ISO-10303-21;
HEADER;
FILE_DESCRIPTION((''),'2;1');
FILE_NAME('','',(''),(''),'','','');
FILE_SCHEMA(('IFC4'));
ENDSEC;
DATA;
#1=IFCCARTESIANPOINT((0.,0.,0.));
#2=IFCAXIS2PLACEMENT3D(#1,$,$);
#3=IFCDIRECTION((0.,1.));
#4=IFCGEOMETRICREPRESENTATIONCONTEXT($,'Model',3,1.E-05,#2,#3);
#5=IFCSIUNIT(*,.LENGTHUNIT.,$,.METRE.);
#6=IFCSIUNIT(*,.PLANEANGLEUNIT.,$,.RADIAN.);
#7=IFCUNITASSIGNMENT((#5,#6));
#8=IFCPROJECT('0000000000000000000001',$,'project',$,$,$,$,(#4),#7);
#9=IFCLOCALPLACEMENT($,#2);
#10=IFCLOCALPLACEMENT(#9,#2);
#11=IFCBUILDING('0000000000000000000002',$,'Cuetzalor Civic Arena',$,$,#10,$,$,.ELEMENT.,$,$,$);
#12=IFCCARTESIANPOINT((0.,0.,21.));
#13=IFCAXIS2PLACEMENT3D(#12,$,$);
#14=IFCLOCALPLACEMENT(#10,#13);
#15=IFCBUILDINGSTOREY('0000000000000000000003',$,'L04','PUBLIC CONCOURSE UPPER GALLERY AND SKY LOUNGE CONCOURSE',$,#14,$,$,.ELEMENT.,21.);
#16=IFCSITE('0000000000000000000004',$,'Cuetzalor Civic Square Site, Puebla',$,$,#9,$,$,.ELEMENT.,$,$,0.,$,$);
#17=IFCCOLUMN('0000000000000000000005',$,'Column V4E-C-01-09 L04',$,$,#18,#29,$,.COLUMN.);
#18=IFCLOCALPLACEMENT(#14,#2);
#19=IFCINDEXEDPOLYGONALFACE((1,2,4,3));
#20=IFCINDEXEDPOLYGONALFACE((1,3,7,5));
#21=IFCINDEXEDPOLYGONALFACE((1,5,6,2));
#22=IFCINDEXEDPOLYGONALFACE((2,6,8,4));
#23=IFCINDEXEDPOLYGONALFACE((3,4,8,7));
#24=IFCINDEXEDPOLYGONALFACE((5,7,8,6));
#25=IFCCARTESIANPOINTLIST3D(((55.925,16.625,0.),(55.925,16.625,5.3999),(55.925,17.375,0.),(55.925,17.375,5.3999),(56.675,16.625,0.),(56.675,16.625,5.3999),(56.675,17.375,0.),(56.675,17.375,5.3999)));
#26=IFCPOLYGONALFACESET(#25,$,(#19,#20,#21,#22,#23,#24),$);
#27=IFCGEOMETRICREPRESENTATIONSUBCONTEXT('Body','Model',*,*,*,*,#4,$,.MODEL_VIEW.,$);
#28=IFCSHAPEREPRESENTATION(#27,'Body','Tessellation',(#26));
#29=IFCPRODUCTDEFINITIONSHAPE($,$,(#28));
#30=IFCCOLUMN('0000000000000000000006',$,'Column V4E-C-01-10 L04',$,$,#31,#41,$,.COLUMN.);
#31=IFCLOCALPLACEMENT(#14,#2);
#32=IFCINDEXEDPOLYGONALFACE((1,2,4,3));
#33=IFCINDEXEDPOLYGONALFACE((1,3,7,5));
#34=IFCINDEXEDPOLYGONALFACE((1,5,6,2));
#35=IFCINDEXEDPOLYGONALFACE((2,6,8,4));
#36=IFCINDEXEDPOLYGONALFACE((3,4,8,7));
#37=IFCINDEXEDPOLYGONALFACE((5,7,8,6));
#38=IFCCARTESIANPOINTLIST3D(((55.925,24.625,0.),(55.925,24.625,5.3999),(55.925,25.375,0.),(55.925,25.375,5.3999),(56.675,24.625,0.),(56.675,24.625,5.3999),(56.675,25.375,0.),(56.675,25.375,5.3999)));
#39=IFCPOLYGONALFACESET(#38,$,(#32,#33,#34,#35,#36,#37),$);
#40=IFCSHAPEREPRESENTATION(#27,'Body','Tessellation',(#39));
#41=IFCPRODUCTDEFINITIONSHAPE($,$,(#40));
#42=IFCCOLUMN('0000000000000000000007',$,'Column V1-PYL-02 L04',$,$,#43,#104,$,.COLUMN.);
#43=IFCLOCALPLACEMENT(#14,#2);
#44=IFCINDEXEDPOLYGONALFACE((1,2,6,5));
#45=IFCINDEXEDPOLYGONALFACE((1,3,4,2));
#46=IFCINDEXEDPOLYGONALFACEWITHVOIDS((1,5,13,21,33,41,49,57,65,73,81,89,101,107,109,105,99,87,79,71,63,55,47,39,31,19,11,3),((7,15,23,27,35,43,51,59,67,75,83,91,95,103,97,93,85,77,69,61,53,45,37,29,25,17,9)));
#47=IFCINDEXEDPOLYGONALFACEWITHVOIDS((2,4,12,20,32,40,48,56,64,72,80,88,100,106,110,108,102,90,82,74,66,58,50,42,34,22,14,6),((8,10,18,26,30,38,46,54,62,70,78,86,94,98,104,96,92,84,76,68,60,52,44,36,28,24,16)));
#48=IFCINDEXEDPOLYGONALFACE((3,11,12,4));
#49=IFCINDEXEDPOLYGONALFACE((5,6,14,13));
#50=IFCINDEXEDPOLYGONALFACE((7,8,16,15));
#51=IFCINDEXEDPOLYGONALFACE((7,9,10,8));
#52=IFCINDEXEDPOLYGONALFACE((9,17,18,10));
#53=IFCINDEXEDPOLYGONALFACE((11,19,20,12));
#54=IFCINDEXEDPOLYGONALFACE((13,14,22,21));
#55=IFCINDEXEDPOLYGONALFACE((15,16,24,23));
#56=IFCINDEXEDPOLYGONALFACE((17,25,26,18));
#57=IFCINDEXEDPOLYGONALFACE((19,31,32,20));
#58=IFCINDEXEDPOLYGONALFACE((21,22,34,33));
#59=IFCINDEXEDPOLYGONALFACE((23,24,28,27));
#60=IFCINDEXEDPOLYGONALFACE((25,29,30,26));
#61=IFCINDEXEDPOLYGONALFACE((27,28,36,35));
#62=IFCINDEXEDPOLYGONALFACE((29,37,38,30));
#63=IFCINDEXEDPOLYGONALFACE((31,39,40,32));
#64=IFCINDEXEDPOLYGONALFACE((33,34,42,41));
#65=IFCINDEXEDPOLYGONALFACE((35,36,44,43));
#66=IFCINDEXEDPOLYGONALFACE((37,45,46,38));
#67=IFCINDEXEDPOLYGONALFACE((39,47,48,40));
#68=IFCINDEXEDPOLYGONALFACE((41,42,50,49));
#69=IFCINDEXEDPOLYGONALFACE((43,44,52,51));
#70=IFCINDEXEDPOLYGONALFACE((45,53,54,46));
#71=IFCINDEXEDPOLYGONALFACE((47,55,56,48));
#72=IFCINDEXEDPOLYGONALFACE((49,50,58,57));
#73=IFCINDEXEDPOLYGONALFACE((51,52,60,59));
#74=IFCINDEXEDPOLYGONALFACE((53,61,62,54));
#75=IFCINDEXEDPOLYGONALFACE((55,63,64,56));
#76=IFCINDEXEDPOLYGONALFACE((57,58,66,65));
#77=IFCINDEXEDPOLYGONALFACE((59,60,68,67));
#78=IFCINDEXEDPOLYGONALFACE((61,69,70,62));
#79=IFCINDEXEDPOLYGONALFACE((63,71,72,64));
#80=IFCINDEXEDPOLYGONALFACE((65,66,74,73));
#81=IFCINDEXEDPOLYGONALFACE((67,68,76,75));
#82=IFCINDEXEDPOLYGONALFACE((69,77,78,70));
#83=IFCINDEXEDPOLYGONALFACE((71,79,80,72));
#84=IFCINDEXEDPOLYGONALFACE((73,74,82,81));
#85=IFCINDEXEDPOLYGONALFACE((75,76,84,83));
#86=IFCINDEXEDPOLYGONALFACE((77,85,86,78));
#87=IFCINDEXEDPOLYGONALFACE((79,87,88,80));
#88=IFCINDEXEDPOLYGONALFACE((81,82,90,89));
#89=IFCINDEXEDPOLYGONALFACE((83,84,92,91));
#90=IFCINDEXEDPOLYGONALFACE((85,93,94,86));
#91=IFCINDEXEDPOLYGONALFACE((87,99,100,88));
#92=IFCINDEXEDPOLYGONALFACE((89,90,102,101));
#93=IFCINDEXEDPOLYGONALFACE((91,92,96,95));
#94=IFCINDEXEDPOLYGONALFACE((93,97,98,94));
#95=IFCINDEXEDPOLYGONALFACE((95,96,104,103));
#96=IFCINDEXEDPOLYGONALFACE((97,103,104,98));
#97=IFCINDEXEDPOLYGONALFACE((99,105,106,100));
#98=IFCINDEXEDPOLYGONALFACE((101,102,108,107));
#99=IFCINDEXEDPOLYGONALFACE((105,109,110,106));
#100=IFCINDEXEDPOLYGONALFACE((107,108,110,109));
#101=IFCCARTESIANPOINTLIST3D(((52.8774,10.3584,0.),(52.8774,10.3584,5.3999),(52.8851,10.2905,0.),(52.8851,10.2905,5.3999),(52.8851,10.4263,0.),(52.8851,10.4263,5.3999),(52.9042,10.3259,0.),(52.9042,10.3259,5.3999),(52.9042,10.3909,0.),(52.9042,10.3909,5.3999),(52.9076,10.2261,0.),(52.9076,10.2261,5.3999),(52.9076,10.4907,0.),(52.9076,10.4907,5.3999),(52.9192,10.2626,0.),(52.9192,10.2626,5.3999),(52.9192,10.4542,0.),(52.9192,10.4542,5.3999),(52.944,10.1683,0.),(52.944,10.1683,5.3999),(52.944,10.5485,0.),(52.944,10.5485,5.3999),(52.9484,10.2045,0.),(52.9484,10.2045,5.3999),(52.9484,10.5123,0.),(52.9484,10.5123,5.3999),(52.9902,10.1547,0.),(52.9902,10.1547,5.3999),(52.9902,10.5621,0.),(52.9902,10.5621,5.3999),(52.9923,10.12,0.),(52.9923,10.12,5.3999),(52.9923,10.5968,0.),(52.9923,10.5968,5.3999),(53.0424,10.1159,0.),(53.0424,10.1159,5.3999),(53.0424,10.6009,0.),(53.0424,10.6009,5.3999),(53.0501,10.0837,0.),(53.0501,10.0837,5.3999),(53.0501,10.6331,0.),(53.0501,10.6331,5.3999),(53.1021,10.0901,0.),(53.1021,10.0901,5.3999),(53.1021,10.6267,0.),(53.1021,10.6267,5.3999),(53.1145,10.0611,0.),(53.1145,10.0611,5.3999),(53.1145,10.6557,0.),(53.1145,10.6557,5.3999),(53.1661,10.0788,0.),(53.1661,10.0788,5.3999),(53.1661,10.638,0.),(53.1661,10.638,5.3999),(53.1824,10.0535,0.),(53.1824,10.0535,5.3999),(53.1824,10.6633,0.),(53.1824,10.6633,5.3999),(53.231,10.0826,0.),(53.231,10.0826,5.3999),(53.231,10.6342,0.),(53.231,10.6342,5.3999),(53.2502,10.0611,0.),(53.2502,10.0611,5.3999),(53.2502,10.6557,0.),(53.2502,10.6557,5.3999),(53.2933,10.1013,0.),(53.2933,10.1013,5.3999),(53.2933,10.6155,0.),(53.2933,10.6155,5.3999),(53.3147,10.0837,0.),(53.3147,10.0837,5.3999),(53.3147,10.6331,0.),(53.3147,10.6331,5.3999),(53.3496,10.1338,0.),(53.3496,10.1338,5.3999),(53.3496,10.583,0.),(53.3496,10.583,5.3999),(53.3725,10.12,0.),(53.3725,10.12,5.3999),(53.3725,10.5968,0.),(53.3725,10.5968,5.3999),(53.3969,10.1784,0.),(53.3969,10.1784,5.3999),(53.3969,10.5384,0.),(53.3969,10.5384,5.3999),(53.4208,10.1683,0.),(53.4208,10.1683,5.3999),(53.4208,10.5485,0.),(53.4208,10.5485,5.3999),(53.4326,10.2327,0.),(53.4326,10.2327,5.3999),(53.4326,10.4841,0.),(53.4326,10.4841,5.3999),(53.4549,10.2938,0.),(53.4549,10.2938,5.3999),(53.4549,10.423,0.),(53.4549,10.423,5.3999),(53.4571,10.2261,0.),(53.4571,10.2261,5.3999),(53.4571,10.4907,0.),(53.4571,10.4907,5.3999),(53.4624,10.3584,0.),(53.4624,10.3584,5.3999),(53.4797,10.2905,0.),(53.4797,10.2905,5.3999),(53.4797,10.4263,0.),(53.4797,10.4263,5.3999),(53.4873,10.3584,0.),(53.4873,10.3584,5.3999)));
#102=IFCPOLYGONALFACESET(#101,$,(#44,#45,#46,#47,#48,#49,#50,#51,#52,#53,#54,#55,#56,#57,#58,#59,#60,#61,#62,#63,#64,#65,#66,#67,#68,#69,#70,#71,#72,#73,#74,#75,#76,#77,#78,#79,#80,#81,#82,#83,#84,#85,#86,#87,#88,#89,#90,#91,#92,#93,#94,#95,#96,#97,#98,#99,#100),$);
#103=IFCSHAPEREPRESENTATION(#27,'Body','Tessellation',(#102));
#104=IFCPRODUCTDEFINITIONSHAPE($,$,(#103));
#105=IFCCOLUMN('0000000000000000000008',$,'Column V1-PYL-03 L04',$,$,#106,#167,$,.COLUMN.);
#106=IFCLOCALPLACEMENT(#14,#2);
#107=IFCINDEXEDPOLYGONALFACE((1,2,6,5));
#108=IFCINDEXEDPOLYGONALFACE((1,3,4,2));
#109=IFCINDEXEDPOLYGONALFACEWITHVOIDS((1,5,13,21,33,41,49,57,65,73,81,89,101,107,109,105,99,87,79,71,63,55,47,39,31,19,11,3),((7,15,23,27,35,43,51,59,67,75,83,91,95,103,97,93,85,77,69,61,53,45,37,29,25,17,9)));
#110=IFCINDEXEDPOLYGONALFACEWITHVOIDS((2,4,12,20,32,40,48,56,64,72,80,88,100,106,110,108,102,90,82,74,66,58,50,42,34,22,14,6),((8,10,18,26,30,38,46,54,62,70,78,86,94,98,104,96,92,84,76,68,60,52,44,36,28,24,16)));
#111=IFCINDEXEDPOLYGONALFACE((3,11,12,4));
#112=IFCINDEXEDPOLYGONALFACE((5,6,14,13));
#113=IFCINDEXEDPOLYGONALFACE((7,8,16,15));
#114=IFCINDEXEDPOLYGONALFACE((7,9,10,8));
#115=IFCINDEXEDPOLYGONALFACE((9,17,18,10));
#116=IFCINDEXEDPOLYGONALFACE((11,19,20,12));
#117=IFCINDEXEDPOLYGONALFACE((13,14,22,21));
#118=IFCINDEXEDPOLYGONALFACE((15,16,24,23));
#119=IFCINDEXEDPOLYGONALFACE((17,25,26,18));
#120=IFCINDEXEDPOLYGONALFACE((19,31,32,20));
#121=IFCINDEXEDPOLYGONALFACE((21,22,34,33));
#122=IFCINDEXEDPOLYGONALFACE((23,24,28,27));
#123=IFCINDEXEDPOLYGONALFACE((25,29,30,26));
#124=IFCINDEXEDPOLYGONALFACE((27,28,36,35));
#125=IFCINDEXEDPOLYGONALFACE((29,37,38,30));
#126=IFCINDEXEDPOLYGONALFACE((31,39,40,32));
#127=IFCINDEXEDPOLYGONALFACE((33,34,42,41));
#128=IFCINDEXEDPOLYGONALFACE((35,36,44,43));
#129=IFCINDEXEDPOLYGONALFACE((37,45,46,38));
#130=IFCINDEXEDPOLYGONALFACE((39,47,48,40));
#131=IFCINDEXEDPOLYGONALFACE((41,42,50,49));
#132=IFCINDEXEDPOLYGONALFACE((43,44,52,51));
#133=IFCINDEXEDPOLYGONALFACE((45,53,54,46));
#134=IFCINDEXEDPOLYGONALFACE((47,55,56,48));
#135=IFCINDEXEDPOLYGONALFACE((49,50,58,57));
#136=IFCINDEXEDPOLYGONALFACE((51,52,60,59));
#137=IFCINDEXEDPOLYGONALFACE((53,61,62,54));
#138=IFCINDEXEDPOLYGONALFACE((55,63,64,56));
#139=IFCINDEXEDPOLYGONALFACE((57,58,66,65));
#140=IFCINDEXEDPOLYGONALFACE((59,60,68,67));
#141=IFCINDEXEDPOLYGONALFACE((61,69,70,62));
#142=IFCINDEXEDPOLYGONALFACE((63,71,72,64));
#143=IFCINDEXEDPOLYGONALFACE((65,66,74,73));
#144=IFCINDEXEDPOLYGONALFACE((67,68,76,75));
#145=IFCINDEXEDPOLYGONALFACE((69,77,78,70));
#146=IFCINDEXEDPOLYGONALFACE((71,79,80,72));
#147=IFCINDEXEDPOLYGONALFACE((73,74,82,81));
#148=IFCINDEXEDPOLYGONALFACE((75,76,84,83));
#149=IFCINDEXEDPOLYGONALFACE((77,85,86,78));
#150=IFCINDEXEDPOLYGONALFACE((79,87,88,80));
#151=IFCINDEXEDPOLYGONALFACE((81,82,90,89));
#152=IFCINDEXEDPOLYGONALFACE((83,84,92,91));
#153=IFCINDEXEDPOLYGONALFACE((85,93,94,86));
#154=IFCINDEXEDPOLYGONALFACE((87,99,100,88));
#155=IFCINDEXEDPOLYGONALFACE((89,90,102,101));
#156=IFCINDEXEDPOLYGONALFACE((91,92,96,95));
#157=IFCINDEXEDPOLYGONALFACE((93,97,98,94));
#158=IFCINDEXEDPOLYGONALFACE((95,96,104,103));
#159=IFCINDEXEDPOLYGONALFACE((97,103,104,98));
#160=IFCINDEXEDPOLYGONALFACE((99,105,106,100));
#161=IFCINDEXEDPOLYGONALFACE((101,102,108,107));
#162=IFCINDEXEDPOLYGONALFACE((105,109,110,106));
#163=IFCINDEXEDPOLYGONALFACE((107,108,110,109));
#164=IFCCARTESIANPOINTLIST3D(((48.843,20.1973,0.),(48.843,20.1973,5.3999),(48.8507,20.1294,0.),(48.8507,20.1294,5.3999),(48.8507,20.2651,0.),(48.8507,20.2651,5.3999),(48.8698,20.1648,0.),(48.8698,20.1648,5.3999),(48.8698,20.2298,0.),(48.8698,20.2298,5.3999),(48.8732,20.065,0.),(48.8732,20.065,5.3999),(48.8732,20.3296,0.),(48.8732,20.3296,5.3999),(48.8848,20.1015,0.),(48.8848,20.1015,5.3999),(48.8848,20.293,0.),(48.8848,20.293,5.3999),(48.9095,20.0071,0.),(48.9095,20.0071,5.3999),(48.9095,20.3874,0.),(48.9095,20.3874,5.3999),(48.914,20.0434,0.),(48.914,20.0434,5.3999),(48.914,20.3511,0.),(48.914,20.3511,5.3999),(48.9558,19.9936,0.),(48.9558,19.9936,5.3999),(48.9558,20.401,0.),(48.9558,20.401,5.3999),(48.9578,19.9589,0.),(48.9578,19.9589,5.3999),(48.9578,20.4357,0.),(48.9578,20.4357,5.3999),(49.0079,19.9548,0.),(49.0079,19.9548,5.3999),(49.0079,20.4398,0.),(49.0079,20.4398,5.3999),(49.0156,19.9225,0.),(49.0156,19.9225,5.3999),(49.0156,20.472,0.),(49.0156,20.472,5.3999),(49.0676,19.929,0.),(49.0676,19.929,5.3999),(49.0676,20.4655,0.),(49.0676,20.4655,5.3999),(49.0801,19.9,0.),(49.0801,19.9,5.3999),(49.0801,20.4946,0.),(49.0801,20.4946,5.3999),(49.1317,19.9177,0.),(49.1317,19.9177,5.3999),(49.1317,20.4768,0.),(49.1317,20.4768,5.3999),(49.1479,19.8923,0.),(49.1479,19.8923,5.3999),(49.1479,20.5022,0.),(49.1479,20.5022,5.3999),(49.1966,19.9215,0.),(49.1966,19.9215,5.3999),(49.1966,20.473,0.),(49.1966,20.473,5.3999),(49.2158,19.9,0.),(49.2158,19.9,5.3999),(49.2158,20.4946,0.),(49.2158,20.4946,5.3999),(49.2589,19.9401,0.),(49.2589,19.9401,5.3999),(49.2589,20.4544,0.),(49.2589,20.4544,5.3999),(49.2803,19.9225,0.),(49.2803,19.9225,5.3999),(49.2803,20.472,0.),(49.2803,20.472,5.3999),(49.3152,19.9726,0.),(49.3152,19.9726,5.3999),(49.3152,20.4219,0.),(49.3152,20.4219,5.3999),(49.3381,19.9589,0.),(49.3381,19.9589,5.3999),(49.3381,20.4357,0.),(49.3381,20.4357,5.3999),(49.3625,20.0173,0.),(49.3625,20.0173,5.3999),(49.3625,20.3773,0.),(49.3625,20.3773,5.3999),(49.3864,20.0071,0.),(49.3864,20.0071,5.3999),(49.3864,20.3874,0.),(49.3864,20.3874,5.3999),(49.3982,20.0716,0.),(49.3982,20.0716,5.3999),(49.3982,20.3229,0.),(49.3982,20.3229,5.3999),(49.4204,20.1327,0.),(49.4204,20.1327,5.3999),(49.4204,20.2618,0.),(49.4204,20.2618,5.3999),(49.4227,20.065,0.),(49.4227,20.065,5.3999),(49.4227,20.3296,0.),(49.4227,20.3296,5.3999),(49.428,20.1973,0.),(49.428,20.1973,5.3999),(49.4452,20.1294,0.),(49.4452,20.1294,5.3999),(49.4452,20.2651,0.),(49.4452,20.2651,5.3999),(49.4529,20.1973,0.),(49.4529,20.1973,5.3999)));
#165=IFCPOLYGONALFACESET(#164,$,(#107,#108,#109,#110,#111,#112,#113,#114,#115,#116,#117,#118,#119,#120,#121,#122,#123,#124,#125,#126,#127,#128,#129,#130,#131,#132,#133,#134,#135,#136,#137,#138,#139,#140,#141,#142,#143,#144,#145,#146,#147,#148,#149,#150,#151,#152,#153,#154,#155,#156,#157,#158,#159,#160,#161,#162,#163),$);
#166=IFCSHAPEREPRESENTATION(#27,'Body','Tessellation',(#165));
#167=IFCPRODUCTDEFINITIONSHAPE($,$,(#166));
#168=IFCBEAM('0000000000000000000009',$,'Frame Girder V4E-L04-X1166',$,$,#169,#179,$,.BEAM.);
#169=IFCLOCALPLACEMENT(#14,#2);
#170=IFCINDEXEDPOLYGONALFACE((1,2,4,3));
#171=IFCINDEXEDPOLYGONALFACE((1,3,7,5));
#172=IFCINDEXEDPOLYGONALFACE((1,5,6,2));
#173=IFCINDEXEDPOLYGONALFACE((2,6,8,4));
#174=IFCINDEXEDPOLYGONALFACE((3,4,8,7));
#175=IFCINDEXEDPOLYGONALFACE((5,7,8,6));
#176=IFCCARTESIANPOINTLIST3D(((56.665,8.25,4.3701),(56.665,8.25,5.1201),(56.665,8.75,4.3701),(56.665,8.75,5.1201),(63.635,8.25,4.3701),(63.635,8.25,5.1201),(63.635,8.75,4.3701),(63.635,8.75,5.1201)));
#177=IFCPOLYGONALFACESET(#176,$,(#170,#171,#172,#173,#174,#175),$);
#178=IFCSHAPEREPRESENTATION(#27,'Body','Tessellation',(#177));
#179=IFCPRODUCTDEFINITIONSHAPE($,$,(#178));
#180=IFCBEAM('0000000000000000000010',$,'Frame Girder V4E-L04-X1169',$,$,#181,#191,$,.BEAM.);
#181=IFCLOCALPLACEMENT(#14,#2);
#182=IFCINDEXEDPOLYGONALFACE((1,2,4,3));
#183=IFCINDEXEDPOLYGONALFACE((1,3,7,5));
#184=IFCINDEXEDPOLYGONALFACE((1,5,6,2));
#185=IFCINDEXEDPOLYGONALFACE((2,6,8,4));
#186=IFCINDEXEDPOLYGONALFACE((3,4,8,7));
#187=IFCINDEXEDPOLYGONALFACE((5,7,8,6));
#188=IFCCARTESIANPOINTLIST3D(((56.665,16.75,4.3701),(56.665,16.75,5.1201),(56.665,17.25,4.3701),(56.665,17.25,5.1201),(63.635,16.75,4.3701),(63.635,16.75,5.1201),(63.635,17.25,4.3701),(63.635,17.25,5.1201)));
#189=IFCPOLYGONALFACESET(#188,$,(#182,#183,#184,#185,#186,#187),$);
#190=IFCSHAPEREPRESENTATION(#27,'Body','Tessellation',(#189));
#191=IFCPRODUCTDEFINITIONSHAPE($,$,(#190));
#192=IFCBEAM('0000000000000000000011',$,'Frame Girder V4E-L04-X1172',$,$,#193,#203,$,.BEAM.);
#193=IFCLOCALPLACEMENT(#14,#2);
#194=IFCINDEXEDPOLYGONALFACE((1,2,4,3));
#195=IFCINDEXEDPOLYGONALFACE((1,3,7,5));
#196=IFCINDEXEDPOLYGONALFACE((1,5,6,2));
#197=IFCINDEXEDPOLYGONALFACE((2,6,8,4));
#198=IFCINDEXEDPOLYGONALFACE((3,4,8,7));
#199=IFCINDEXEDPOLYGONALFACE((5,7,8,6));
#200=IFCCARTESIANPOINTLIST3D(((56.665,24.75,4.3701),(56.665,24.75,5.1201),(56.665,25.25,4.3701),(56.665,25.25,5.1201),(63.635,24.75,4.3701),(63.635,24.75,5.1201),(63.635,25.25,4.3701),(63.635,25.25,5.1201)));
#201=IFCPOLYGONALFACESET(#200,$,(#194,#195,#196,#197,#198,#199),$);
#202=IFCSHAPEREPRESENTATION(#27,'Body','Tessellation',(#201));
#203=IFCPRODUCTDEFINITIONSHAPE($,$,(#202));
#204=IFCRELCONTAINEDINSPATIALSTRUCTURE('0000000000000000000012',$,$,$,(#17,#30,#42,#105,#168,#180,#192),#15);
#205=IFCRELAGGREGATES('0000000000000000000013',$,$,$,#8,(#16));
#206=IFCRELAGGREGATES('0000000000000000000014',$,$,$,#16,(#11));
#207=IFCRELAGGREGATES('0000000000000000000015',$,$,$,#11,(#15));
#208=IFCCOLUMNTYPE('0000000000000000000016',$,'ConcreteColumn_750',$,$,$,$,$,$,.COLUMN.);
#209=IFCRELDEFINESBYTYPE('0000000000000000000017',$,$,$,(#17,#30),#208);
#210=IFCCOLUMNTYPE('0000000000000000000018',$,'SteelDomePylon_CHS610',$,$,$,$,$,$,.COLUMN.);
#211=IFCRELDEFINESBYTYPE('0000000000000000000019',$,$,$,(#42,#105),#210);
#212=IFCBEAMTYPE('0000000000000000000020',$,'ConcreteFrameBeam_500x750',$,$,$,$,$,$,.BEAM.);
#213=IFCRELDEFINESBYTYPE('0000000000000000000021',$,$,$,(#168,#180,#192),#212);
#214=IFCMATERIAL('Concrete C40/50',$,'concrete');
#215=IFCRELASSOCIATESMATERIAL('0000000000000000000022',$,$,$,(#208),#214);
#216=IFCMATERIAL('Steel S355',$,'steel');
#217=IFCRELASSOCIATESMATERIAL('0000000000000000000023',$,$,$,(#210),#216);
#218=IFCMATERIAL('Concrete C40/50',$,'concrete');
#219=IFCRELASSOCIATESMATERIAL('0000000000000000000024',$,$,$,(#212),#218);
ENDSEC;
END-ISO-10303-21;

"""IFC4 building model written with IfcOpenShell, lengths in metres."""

from ifc_helpers import new_model, si_unit, direction, frame, origin, origin_2d, place, context, subcontext, project, spatial, rectangle, hollow_circle, extrude, material, material_profile, profile_set, type_object, element, save


model = new_model("IFC4")

# Units and contexts
model_context = context("Model", 3, precision=1e-05, world=origin(), true_north=direction((0.0, 1.0)))
body_context = subcontext(model_context, "Body", "Model", "MODEL_VIEW")
ifc_project = project(units=[si_unit("LENGTHUNIT", "METRE"), si_unit("PLANEANGLEUNIT", "RADIAN")], contexts=[model_context])

# Site, building, storey
site_placement = place(None, origin())
site = spatial("IfcSite", under=ifc_project, at=site_placement, Name="Cuetzalor Civic Square Site, Puebla", CompositionType="ELEMENT", RefElevation=0.0)
building_placement = place(site_placement, origin())
building = spatial("IfcBuilding", under=site, at=building_placement, Name="Cuetzalor Civic Arena", CompositionType="ELEMENT")
storey_placement = place(building_placement, frame((0.0, 0.0, 21.0)))
storey = spatial("IfcBuildingStorey", under=building, at=storey_placement, Name="L04", Description="PUBLIC CONCOURSE UPPER GALLERY AND SKY LOUNGE CONCOURSE", CompositionType="ELEMENT", Elevation=21.0)

# Columns
ifc_material_1 = material(Name="Concrete C40/50", Category="concrete")
ifc_material_profile_1 = material_profile(ifc_material_1, rectangle(XDim=0.75, YDim=0.75, at=origin_2d()), Name="RC 750x750")
ifc_profile_set_1 = profile_set([ifc_material_profile_1], Name="Concrete C40/50")
column_type_1 = type_object("IfcColumnType", Name="ConcreteColumn_750", PredefinedType="COLUMN", material=ifc_profile_set_1)
for number, where, z_axis, x_axis, name in (
    (1, (56.3, 17.0, 0.0), (0.0, 0.0, 1.0), (1.0, 0.0, 0.0), "Column V4E-C-01-09 L04"),
    (2, (56.3, 25.0, 0.0), (0.0, 0.0, 1.0), (1.0, 0.0, 0.0), "Column V4E-C-01-10 L04"),
):
    element("IfcColumn", number, at=place(storey_placement, frame(where, z_axis=z_axis, x_axis=x_axis)), inside=storey, type_object=column_type_1, Name=name, PredefinedType="COLUMN", context=body_context, shape_type="SweptSolid", body=[
        extrude(rectangle(XDim=0.75, YDim=0.75, at=origin_2d()), origin(), (0.0, 0.0, 1.0), 5.3999),
    ])
ifc_material_2 = material(Name="Steel S355", Category="steel")
ifc_material_profile_2 = material_profile(ifc_material_2, hollow_circle(Radius=0.3049, WallThickness=0.0249, at=origin_2d()), Name="CHS 610x25")
ifc_profile_set_2 = profile_set([ifc_material_profile_2], Name="Steel S355")
column_type_2 = type_object("IfcColumnType", Name="SteelDomePylon_CHS610", PredefinedType="COLUMN", material=ifc_profile_set_2)
for number, where, z_axis, x_axis, name in (
    (3, (53.1824, 10.3584, 0.0), (0.0, 0.0, 1.0), (1.0, 0.0, 0.0), "Column V1-PYL-02 L04"),
    (4, (49.1479, 20.1973, 0.0), (0.0, 0.0, 1.0), (1.0, 0.0, 0.0), "Column V1-PYL-03 L04"),
):
    element("IfcColumn", number, at=place(storey_placement, frame(where, z_axis=z_axis, x_axis=x_axis)), inside=storey, type_object=column_type_2, Name=name, PredefinedType="COLUMN", context=body_context, shape_type="SweptSolid", body=[
        extrude(hollow_circle(Radius=0.3049, WallThickness=0.0249, at=origin_2d()), origin(), (0.0, 0.0, 1.0), 5.3999),
    ])

# Beams
ifc_material_3 = material(Name="Concrete C40/50", Category="concrete")
ifc_material_profile_3 = material_profile(ifc_material_3, rectangle(XDim=0.5, YDim=0.75, at=origin_2d()), Name="RC 500x750")
ifc_profile_set_3 = profile_set([ifc_material_profile_3], Name="Concrete C40/50")
beam_type_1 = type_object("IfcBeamType", Name="ConcreteFrameBeam_500x750", PredefinedType="BEAM", material=ifc_profile_set_3)
for number, where, z_axis, x_axis, name in (
    (5, (56.665, 8.5, 4.7451), (1.0, 0.0, 0.0), (0.0, 1.0, 0.0), "Frame Girder V4E-L04-X1166"),
    (6, (56.665, 17.0, 4.7451), (1.0, 0.0, 0.0), (0.0, 1.0, 0.0), "Frame Girder V4E-L04-X1169"),
    (7, (56.665, 25.0, 4.7451), (1.0, 0.0, 0.0), (0.0, 1.0, 0.0), "Frame Girder V4E-L04-X1172"),
):
    element("IfcBeam", number, at=place(storey_placement, frame(where, z_axis=z_axis, x_axis=x_axis)), inside=storey, type_object=beam_type_1, Name=name, PredefinedType="BEAM", context=body_context, shape_type="SweptSolid", body=[
        extrude(rectangle(XDim=0.5, YDim=0.75, at=origin_2d()), origin(), (0.0, 0.0, 1.0), 6.97),
    ])

save(model, "model.ifc")
